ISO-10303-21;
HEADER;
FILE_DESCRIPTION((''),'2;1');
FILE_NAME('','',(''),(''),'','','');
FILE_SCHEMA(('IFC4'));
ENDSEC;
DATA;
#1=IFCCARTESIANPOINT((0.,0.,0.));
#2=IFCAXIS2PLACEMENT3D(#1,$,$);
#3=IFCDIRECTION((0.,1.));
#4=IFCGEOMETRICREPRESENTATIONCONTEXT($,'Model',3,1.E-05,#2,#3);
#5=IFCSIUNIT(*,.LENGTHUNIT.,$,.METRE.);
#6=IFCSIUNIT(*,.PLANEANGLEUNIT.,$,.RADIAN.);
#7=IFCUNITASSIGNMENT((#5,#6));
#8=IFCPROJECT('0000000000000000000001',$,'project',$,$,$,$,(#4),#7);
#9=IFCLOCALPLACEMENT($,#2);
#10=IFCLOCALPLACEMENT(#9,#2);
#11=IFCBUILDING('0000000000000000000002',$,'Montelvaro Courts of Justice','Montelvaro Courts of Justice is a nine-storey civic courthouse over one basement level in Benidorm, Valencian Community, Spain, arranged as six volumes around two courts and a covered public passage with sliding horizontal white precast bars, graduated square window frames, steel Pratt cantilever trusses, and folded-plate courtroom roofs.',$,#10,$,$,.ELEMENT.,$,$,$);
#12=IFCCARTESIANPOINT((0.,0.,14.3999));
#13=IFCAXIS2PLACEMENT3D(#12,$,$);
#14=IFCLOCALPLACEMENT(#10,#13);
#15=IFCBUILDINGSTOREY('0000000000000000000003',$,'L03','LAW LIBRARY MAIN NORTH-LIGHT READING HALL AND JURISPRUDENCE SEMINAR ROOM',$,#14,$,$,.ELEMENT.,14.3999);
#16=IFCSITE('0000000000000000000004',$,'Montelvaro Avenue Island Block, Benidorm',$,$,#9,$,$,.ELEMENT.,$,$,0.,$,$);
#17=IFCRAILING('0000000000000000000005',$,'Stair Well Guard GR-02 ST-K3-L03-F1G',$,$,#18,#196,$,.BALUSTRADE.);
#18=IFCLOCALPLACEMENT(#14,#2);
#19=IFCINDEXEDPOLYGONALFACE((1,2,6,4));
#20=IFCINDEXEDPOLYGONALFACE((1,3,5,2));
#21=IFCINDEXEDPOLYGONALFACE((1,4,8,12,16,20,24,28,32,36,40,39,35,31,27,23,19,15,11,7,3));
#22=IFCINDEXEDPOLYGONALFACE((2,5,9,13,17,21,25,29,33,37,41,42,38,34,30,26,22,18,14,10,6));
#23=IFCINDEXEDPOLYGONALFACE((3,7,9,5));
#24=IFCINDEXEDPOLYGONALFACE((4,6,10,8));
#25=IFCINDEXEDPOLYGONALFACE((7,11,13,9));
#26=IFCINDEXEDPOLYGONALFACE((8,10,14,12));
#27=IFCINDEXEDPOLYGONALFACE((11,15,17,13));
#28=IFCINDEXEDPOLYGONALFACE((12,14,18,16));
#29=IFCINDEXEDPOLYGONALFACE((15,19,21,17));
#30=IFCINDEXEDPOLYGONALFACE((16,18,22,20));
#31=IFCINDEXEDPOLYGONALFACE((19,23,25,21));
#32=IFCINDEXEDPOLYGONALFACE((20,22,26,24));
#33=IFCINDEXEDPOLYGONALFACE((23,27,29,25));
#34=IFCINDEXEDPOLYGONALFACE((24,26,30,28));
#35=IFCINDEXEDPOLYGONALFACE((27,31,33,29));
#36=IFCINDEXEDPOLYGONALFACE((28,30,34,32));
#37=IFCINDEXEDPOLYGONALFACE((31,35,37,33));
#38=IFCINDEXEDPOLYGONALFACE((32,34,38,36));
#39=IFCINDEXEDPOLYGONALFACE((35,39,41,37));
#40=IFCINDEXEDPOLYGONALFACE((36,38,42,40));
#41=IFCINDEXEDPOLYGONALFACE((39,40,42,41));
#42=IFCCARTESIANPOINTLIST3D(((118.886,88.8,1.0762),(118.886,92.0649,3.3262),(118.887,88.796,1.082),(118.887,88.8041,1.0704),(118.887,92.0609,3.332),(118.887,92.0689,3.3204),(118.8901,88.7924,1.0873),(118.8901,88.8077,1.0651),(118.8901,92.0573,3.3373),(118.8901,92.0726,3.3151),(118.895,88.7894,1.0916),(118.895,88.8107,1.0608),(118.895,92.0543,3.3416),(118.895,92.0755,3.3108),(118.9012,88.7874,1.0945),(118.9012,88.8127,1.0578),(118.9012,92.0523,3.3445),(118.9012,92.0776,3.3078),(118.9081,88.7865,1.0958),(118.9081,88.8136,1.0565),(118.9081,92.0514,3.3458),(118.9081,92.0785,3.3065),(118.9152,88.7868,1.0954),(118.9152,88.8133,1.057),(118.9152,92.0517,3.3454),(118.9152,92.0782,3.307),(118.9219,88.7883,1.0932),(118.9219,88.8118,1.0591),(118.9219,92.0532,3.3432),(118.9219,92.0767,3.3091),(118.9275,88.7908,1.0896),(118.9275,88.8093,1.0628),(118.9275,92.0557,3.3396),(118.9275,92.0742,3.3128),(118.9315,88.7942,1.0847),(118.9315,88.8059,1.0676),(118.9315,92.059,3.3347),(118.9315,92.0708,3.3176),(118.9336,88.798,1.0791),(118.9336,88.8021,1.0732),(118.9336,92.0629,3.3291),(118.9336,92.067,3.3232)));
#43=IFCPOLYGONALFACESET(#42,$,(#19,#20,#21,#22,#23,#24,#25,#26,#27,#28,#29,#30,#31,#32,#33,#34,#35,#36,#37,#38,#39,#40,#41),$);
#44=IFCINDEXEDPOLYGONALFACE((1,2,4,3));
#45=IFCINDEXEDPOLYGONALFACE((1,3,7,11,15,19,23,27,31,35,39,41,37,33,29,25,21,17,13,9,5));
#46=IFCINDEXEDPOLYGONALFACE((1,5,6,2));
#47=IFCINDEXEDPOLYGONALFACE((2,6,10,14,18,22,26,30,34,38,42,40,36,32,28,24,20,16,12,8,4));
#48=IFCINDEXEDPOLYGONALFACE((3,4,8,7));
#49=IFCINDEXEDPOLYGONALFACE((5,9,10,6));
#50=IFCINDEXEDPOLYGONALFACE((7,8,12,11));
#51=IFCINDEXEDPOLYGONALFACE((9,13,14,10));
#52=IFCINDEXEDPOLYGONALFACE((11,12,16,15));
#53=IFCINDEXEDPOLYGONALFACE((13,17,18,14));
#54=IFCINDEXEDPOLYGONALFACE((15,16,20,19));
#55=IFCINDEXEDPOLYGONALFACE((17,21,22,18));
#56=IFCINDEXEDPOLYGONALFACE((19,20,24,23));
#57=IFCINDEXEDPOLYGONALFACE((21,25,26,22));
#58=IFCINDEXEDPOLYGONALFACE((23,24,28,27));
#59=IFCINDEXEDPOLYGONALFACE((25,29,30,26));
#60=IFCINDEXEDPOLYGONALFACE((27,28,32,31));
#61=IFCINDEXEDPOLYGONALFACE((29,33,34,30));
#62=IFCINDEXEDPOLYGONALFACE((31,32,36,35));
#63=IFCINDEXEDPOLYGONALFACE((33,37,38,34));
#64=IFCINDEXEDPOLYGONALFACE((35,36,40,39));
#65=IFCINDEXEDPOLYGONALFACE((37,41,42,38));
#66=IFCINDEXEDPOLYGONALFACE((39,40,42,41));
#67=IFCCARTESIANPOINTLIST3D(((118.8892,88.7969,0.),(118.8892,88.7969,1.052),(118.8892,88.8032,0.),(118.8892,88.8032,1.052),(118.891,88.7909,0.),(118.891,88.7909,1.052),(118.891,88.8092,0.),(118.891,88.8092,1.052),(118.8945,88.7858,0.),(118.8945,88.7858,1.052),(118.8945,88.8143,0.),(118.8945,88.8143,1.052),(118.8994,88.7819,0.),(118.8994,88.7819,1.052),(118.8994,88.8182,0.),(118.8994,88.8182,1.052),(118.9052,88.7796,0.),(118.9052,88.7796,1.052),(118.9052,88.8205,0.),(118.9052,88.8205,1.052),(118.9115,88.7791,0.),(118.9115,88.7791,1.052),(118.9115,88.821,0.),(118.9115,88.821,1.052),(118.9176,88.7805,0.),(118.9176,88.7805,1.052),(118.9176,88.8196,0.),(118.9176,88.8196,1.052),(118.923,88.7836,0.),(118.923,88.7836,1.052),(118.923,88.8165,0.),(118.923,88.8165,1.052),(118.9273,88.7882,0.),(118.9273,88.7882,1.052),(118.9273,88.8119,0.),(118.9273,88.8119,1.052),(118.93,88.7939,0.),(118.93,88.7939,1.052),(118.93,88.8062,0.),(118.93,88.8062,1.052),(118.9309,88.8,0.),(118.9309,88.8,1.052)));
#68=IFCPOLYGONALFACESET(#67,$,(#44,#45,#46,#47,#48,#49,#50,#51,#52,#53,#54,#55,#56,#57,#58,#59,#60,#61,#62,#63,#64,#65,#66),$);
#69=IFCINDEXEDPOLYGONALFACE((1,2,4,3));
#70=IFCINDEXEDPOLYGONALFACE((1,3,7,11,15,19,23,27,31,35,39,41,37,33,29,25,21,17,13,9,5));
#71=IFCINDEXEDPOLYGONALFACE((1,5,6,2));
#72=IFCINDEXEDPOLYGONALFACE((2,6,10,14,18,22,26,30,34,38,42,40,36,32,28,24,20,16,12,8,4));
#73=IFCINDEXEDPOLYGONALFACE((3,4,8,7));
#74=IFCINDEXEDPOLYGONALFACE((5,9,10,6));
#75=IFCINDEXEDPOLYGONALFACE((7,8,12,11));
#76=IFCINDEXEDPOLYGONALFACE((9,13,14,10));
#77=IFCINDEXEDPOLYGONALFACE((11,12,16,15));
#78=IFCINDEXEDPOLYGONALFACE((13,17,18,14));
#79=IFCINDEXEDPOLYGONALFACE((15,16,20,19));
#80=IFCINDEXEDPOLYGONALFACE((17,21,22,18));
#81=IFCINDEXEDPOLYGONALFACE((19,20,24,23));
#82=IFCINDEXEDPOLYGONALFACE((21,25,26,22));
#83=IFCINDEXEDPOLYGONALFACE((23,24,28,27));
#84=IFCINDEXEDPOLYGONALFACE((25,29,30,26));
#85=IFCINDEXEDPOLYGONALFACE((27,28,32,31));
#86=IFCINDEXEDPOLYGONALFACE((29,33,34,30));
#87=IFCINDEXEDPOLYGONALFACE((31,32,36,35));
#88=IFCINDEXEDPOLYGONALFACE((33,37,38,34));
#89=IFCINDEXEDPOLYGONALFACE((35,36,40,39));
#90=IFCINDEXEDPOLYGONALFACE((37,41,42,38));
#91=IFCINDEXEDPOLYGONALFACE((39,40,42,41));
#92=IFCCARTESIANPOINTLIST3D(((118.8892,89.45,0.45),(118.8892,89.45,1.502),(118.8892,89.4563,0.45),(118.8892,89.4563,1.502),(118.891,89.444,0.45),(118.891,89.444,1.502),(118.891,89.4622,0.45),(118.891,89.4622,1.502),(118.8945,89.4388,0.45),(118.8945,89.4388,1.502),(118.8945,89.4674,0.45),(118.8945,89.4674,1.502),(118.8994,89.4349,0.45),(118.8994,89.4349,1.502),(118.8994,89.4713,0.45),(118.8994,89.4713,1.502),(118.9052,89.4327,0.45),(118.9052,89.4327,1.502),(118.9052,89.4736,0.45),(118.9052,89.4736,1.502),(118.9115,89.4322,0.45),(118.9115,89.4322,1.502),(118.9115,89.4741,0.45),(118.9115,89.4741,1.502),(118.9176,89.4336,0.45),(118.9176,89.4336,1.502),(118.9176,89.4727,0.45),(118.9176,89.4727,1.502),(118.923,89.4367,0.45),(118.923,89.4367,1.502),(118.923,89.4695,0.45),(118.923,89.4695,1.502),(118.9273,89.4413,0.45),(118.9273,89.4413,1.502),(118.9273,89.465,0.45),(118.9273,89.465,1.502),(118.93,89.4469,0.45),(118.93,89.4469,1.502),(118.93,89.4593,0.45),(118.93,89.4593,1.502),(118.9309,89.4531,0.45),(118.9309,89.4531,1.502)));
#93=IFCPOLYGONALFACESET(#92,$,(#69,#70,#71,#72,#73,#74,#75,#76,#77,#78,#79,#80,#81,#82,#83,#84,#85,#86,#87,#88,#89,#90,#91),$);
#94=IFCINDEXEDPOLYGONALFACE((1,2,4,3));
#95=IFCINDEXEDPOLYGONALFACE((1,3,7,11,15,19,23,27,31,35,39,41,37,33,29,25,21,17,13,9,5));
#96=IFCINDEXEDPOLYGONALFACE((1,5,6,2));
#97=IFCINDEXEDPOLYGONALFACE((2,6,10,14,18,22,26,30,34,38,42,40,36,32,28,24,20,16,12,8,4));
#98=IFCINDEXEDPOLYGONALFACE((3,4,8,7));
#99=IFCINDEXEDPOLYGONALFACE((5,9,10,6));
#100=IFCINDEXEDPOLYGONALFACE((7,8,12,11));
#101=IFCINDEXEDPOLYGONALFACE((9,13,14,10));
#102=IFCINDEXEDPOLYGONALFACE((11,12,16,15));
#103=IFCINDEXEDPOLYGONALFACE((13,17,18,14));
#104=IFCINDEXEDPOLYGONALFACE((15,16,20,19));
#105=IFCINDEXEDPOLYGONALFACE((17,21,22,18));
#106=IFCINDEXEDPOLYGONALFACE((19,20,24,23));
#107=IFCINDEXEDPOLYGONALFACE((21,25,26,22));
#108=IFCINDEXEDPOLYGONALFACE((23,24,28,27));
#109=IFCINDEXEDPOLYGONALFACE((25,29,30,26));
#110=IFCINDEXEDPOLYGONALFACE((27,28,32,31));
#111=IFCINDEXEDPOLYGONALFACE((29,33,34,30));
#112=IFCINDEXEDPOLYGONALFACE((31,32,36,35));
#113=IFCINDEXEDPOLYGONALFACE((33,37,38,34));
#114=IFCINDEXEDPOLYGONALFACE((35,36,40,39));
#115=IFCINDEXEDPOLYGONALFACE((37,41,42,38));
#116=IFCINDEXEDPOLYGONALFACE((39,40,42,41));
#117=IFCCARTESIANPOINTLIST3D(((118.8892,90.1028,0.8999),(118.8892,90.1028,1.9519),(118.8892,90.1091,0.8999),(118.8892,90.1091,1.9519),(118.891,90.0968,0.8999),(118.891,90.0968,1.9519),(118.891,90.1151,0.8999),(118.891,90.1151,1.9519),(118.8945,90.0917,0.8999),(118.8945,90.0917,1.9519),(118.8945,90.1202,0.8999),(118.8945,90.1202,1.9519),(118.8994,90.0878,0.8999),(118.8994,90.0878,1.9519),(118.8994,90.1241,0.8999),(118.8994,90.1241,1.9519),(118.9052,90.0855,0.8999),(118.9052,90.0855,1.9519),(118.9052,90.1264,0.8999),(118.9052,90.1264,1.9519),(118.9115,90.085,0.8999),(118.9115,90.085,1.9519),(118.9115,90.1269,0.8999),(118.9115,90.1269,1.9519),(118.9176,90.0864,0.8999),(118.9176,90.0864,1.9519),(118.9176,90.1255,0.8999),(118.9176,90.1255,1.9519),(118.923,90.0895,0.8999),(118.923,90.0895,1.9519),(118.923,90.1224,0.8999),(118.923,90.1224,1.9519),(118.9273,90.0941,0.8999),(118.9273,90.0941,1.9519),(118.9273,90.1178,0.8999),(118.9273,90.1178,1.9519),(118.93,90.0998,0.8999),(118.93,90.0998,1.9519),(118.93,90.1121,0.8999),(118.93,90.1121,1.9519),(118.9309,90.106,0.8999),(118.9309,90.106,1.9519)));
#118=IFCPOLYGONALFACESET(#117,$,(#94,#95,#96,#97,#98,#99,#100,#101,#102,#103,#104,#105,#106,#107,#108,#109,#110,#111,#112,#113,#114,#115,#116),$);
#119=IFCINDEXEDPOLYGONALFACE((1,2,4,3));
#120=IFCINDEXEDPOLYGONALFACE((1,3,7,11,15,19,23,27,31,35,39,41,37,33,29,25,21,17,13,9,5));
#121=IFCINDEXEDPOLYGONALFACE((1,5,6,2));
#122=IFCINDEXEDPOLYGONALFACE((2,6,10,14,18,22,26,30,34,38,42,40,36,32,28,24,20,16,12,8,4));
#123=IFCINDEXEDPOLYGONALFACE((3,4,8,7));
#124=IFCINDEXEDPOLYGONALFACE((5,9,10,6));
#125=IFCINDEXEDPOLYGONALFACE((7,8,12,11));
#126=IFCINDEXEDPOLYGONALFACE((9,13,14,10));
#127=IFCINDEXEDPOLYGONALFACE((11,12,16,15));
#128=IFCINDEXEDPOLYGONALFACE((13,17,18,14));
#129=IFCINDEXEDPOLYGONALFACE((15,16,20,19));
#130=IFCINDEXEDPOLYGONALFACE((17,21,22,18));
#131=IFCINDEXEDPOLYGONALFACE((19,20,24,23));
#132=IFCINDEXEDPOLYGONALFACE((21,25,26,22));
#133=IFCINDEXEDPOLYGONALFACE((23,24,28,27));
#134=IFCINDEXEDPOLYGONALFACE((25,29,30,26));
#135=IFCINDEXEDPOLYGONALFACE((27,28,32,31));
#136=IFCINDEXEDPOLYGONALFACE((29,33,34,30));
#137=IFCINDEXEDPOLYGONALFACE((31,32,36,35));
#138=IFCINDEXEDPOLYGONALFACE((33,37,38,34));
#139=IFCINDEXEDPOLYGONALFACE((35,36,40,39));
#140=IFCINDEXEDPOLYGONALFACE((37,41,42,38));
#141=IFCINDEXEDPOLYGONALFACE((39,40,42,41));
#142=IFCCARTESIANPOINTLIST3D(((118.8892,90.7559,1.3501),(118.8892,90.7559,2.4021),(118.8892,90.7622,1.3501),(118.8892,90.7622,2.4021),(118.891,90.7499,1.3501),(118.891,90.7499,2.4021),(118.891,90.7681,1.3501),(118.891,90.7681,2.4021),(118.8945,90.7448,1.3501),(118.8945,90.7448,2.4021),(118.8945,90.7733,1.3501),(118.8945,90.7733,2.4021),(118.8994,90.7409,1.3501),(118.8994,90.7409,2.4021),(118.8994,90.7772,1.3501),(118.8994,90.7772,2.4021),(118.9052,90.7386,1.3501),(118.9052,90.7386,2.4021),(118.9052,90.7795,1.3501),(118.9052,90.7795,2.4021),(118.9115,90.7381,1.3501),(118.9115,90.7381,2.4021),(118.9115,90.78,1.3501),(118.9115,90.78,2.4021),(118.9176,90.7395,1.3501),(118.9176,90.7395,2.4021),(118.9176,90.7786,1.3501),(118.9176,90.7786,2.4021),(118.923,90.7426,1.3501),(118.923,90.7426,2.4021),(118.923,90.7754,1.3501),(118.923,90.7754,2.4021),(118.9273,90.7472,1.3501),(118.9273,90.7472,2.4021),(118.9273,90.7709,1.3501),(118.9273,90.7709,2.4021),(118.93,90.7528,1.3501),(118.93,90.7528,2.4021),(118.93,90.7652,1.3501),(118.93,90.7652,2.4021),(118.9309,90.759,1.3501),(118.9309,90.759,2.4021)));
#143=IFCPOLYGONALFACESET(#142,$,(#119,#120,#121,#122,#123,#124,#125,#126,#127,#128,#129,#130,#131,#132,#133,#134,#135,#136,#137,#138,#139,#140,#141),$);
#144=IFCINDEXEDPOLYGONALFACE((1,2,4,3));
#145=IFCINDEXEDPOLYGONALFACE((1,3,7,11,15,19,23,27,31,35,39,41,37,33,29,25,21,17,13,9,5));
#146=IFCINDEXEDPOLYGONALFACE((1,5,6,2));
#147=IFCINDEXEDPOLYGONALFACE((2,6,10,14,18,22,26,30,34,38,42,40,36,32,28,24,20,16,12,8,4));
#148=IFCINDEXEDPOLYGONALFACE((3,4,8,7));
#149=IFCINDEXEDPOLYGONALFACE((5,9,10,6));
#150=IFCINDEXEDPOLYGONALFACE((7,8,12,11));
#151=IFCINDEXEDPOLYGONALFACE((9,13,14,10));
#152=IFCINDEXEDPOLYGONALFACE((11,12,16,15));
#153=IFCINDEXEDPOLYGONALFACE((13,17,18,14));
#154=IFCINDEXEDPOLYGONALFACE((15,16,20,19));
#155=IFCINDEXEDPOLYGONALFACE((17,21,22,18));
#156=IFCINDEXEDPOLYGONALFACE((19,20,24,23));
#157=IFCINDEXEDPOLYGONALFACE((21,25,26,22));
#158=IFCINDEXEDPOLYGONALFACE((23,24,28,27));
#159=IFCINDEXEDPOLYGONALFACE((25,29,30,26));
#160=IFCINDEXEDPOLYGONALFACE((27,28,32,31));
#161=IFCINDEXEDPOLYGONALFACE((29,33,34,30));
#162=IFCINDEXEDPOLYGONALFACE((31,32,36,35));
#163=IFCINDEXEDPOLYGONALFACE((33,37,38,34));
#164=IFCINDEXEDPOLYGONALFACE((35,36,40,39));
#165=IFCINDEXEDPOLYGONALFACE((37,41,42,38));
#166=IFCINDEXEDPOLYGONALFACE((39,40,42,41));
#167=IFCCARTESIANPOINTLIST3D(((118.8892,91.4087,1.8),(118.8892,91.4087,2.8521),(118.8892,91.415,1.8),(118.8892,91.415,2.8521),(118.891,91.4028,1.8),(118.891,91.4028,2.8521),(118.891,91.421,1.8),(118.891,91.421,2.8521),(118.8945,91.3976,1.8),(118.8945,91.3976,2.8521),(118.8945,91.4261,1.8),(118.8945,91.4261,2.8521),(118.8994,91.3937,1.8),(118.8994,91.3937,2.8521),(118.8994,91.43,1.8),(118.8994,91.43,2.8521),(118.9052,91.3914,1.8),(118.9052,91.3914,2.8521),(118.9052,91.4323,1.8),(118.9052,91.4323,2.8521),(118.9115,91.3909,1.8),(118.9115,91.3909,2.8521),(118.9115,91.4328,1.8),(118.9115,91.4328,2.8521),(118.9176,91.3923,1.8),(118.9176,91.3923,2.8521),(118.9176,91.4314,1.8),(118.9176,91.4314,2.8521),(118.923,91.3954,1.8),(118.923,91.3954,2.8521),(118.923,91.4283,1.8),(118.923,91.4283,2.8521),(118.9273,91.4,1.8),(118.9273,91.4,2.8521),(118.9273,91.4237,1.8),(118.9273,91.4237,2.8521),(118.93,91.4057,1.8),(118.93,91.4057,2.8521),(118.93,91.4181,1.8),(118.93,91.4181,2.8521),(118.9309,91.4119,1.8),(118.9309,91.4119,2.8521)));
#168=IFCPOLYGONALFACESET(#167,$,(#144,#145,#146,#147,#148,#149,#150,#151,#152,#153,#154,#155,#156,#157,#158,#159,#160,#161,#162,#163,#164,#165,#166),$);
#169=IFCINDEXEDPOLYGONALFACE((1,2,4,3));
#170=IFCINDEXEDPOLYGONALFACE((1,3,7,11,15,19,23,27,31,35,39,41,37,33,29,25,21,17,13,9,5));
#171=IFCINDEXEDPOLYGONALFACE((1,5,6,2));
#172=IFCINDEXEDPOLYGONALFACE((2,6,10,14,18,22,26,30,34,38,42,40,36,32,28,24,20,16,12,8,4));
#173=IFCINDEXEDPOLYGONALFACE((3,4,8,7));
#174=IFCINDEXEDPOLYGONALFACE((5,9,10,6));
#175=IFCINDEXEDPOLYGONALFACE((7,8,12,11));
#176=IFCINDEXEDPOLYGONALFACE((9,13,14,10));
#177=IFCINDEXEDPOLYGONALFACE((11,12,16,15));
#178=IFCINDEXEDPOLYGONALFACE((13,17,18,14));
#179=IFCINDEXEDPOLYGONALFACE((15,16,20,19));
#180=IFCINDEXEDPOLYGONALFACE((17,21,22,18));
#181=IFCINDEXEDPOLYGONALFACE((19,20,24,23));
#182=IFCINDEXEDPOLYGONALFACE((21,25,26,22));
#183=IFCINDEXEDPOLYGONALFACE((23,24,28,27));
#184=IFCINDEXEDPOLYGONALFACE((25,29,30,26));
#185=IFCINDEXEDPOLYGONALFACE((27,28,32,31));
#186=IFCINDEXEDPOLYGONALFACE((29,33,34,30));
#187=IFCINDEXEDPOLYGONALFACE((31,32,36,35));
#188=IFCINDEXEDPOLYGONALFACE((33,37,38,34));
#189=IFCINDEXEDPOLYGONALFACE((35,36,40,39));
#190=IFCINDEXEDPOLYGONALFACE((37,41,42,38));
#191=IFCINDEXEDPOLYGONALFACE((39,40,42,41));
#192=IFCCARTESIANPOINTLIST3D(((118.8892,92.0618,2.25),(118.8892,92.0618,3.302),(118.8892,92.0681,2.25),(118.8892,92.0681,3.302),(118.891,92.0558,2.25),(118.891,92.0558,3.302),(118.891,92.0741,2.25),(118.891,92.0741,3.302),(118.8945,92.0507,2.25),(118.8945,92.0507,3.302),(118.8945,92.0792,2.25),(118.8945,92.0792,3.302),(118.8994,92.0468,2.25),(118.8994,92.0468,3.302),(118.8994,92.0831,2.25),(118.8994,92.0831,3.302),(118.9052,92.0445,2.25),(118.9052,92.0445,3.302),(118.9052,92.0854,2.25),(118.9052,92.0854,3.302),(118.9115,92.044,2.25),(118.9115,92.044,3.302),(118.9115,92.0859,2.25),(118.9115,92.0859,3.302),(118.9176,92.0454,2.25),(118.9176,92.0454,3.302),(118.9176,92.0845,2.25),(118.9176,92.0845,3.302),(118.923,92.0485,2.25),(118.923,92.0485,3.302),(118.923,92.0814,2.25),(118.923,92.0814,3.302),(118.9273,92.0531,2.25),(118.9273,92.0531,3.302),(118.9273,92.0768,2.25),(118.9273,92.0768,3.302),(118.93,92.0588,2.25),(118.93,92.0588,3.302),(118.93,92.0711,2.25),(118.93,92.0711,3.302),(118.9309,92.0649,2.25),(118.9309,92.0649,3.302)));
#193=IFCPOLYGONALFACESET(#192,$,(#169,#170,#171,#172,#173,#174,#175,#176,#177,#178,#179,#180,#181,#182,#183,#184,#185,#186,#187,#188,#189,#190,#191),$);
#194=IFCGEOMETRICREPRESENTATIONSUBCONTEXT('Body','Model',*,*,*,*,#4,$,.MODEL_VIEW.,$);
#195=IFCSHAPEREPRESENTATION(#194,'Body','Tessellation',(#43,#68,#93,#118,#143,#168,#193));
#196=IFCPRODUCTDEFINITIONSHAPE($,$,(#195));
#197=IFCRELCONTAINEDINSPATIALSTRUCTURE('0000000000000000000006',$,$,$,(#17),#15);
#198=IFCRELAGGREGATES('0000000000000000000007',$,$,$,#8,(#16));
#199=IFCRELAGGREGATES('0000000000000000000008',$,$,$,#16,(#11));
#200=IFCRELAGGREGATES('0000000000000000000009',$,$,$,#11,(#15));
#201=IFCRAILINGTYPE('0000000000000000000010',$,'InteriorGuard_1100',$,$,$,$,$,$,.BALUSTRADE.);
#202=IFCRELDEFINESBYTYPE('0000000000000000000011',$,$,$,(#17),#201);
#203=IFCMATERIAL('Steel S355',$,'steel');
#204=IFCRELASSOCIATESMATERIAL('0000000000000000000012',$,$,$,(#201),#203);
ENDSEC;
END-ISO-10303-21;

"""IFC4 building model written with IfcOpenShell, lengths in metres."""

from ifc_helpers import new_model, si_unit, direction, frame, origin, origin_2d, place, context, subcontext, project, spatial, circle, extrude, material, type_object, element, save


model = new_model("IFC4")

# Units and contexts
model_context = context("Model", 3, precision=1e-05, world=origin(), true_north=direction((0.0, 1.0)))
body_context = subcontext(model_context, "Body", "Model", "MODEL_VIEW")
ifc_project = project(units=[si_unit("LENGTHUNIT", "METRE"), si_unit("PLANEANGLEUNIT", "RADIAN")], contexts=[model_context])

# Site, building, storey
site_placement = place(None, origin())
site = spatial("IfcSite", under=ifc_project, at=site_placement, Name="Montelvaro Avenue Island Block, Benidorm", CompositionType="ELEMENT", RefElevation=0.0)
building_placement = place(site_placement, origin())
building = spatial("IfcBuilding", under=site, at=building_placement, Name="Montelvaro Courts of Justice", Description="Montelvaro Courts of Justice is a nine-storey civic courthouse over one basement level in Benidorm, Valencian Community, Spain, arranged as six volumes around two courts and a covered public passage with sliding horizontal white precast bars, graduated square window frames, steel Pratt cantilever trusses, and folded-plate courtroom roofs.", CompositionType="ELEMENT")
storey_placement = place(building_placement, frame((0.0, 0.0, 14.3999)))
storey = spatial("IfcBuildingStorey", under=building, at=storey_placement, Name="L03", Description="LAW LIBRARY MAIN NORTH-LIGHT READING HALL AND JURISPRUDENCE SEMINAR ROOM", CompositionType="ELEMENT", Elevation=14.3999)

# Shared definitions
ifc_material_1 = material(Name="Steel S355", Category="steel")

# Railing
railing_type_1 = type_object("IfcRailingType", Name="InteriorGuard_1100", PredefinedType="BALUSTRADE", material=ifc_material_1)
railing_1_placement = place(storey_placement, frame((118.9099, 88.8, 0.0)))
element("IfcRailing", 1, at=railing_1_placement, inside=storey, type_object=railing_type_1, Name="Stair Well Guard GR-02 ST-K3-L03-F1G", PredefinedType="BALUSTRADE", context=body_context, shape_type="SweptSolid", body=[
    extrude(circle(Radius=0.0239, at=origin_2d()), frame((0.0, 0.0, 1.0762), z_axis=(0.0, 0.823407, 0.567451), x_axis=(-1.0, 0.0, 0.0)), (0.0, 0.0, 1.0), 3.9651),
    extrude(circle(Radius=0.021, at=origin_2d()), origin(), (0.0, 0.0, 1.0), 1.052),
    extrude(circle(Radius=0.021, at=origin_2d()), frame((0.0, 0.6531, 0.45)), (0.0, 0.0, 1.0), 1.052),
    extrude(circle(Radius=0.021, at=origin_2d()), frame((0.0, 1.3059, 0.8999)), (0.0, 0.0, 1.0), 1.052),
    extrude(circle(Radius=0.021, at=origin_2d()), frame((0.0, 1.959, 1.3501)), (0.0, 0.0, 1.0), 1.052),
    extrude(circle(Radius=0.021, at=origin_2d()), frame((0.0, 2.6118, 1.8)), (0.0, 0.0, 1.0), 1.052),
    extrude(circle(Radius=0.021, at=origin_2d()), frame((0.0, 3.2649, 2.25)), (0.0, 0.0, 1.0), 1.052),
])

save(model, "model.ifc")
